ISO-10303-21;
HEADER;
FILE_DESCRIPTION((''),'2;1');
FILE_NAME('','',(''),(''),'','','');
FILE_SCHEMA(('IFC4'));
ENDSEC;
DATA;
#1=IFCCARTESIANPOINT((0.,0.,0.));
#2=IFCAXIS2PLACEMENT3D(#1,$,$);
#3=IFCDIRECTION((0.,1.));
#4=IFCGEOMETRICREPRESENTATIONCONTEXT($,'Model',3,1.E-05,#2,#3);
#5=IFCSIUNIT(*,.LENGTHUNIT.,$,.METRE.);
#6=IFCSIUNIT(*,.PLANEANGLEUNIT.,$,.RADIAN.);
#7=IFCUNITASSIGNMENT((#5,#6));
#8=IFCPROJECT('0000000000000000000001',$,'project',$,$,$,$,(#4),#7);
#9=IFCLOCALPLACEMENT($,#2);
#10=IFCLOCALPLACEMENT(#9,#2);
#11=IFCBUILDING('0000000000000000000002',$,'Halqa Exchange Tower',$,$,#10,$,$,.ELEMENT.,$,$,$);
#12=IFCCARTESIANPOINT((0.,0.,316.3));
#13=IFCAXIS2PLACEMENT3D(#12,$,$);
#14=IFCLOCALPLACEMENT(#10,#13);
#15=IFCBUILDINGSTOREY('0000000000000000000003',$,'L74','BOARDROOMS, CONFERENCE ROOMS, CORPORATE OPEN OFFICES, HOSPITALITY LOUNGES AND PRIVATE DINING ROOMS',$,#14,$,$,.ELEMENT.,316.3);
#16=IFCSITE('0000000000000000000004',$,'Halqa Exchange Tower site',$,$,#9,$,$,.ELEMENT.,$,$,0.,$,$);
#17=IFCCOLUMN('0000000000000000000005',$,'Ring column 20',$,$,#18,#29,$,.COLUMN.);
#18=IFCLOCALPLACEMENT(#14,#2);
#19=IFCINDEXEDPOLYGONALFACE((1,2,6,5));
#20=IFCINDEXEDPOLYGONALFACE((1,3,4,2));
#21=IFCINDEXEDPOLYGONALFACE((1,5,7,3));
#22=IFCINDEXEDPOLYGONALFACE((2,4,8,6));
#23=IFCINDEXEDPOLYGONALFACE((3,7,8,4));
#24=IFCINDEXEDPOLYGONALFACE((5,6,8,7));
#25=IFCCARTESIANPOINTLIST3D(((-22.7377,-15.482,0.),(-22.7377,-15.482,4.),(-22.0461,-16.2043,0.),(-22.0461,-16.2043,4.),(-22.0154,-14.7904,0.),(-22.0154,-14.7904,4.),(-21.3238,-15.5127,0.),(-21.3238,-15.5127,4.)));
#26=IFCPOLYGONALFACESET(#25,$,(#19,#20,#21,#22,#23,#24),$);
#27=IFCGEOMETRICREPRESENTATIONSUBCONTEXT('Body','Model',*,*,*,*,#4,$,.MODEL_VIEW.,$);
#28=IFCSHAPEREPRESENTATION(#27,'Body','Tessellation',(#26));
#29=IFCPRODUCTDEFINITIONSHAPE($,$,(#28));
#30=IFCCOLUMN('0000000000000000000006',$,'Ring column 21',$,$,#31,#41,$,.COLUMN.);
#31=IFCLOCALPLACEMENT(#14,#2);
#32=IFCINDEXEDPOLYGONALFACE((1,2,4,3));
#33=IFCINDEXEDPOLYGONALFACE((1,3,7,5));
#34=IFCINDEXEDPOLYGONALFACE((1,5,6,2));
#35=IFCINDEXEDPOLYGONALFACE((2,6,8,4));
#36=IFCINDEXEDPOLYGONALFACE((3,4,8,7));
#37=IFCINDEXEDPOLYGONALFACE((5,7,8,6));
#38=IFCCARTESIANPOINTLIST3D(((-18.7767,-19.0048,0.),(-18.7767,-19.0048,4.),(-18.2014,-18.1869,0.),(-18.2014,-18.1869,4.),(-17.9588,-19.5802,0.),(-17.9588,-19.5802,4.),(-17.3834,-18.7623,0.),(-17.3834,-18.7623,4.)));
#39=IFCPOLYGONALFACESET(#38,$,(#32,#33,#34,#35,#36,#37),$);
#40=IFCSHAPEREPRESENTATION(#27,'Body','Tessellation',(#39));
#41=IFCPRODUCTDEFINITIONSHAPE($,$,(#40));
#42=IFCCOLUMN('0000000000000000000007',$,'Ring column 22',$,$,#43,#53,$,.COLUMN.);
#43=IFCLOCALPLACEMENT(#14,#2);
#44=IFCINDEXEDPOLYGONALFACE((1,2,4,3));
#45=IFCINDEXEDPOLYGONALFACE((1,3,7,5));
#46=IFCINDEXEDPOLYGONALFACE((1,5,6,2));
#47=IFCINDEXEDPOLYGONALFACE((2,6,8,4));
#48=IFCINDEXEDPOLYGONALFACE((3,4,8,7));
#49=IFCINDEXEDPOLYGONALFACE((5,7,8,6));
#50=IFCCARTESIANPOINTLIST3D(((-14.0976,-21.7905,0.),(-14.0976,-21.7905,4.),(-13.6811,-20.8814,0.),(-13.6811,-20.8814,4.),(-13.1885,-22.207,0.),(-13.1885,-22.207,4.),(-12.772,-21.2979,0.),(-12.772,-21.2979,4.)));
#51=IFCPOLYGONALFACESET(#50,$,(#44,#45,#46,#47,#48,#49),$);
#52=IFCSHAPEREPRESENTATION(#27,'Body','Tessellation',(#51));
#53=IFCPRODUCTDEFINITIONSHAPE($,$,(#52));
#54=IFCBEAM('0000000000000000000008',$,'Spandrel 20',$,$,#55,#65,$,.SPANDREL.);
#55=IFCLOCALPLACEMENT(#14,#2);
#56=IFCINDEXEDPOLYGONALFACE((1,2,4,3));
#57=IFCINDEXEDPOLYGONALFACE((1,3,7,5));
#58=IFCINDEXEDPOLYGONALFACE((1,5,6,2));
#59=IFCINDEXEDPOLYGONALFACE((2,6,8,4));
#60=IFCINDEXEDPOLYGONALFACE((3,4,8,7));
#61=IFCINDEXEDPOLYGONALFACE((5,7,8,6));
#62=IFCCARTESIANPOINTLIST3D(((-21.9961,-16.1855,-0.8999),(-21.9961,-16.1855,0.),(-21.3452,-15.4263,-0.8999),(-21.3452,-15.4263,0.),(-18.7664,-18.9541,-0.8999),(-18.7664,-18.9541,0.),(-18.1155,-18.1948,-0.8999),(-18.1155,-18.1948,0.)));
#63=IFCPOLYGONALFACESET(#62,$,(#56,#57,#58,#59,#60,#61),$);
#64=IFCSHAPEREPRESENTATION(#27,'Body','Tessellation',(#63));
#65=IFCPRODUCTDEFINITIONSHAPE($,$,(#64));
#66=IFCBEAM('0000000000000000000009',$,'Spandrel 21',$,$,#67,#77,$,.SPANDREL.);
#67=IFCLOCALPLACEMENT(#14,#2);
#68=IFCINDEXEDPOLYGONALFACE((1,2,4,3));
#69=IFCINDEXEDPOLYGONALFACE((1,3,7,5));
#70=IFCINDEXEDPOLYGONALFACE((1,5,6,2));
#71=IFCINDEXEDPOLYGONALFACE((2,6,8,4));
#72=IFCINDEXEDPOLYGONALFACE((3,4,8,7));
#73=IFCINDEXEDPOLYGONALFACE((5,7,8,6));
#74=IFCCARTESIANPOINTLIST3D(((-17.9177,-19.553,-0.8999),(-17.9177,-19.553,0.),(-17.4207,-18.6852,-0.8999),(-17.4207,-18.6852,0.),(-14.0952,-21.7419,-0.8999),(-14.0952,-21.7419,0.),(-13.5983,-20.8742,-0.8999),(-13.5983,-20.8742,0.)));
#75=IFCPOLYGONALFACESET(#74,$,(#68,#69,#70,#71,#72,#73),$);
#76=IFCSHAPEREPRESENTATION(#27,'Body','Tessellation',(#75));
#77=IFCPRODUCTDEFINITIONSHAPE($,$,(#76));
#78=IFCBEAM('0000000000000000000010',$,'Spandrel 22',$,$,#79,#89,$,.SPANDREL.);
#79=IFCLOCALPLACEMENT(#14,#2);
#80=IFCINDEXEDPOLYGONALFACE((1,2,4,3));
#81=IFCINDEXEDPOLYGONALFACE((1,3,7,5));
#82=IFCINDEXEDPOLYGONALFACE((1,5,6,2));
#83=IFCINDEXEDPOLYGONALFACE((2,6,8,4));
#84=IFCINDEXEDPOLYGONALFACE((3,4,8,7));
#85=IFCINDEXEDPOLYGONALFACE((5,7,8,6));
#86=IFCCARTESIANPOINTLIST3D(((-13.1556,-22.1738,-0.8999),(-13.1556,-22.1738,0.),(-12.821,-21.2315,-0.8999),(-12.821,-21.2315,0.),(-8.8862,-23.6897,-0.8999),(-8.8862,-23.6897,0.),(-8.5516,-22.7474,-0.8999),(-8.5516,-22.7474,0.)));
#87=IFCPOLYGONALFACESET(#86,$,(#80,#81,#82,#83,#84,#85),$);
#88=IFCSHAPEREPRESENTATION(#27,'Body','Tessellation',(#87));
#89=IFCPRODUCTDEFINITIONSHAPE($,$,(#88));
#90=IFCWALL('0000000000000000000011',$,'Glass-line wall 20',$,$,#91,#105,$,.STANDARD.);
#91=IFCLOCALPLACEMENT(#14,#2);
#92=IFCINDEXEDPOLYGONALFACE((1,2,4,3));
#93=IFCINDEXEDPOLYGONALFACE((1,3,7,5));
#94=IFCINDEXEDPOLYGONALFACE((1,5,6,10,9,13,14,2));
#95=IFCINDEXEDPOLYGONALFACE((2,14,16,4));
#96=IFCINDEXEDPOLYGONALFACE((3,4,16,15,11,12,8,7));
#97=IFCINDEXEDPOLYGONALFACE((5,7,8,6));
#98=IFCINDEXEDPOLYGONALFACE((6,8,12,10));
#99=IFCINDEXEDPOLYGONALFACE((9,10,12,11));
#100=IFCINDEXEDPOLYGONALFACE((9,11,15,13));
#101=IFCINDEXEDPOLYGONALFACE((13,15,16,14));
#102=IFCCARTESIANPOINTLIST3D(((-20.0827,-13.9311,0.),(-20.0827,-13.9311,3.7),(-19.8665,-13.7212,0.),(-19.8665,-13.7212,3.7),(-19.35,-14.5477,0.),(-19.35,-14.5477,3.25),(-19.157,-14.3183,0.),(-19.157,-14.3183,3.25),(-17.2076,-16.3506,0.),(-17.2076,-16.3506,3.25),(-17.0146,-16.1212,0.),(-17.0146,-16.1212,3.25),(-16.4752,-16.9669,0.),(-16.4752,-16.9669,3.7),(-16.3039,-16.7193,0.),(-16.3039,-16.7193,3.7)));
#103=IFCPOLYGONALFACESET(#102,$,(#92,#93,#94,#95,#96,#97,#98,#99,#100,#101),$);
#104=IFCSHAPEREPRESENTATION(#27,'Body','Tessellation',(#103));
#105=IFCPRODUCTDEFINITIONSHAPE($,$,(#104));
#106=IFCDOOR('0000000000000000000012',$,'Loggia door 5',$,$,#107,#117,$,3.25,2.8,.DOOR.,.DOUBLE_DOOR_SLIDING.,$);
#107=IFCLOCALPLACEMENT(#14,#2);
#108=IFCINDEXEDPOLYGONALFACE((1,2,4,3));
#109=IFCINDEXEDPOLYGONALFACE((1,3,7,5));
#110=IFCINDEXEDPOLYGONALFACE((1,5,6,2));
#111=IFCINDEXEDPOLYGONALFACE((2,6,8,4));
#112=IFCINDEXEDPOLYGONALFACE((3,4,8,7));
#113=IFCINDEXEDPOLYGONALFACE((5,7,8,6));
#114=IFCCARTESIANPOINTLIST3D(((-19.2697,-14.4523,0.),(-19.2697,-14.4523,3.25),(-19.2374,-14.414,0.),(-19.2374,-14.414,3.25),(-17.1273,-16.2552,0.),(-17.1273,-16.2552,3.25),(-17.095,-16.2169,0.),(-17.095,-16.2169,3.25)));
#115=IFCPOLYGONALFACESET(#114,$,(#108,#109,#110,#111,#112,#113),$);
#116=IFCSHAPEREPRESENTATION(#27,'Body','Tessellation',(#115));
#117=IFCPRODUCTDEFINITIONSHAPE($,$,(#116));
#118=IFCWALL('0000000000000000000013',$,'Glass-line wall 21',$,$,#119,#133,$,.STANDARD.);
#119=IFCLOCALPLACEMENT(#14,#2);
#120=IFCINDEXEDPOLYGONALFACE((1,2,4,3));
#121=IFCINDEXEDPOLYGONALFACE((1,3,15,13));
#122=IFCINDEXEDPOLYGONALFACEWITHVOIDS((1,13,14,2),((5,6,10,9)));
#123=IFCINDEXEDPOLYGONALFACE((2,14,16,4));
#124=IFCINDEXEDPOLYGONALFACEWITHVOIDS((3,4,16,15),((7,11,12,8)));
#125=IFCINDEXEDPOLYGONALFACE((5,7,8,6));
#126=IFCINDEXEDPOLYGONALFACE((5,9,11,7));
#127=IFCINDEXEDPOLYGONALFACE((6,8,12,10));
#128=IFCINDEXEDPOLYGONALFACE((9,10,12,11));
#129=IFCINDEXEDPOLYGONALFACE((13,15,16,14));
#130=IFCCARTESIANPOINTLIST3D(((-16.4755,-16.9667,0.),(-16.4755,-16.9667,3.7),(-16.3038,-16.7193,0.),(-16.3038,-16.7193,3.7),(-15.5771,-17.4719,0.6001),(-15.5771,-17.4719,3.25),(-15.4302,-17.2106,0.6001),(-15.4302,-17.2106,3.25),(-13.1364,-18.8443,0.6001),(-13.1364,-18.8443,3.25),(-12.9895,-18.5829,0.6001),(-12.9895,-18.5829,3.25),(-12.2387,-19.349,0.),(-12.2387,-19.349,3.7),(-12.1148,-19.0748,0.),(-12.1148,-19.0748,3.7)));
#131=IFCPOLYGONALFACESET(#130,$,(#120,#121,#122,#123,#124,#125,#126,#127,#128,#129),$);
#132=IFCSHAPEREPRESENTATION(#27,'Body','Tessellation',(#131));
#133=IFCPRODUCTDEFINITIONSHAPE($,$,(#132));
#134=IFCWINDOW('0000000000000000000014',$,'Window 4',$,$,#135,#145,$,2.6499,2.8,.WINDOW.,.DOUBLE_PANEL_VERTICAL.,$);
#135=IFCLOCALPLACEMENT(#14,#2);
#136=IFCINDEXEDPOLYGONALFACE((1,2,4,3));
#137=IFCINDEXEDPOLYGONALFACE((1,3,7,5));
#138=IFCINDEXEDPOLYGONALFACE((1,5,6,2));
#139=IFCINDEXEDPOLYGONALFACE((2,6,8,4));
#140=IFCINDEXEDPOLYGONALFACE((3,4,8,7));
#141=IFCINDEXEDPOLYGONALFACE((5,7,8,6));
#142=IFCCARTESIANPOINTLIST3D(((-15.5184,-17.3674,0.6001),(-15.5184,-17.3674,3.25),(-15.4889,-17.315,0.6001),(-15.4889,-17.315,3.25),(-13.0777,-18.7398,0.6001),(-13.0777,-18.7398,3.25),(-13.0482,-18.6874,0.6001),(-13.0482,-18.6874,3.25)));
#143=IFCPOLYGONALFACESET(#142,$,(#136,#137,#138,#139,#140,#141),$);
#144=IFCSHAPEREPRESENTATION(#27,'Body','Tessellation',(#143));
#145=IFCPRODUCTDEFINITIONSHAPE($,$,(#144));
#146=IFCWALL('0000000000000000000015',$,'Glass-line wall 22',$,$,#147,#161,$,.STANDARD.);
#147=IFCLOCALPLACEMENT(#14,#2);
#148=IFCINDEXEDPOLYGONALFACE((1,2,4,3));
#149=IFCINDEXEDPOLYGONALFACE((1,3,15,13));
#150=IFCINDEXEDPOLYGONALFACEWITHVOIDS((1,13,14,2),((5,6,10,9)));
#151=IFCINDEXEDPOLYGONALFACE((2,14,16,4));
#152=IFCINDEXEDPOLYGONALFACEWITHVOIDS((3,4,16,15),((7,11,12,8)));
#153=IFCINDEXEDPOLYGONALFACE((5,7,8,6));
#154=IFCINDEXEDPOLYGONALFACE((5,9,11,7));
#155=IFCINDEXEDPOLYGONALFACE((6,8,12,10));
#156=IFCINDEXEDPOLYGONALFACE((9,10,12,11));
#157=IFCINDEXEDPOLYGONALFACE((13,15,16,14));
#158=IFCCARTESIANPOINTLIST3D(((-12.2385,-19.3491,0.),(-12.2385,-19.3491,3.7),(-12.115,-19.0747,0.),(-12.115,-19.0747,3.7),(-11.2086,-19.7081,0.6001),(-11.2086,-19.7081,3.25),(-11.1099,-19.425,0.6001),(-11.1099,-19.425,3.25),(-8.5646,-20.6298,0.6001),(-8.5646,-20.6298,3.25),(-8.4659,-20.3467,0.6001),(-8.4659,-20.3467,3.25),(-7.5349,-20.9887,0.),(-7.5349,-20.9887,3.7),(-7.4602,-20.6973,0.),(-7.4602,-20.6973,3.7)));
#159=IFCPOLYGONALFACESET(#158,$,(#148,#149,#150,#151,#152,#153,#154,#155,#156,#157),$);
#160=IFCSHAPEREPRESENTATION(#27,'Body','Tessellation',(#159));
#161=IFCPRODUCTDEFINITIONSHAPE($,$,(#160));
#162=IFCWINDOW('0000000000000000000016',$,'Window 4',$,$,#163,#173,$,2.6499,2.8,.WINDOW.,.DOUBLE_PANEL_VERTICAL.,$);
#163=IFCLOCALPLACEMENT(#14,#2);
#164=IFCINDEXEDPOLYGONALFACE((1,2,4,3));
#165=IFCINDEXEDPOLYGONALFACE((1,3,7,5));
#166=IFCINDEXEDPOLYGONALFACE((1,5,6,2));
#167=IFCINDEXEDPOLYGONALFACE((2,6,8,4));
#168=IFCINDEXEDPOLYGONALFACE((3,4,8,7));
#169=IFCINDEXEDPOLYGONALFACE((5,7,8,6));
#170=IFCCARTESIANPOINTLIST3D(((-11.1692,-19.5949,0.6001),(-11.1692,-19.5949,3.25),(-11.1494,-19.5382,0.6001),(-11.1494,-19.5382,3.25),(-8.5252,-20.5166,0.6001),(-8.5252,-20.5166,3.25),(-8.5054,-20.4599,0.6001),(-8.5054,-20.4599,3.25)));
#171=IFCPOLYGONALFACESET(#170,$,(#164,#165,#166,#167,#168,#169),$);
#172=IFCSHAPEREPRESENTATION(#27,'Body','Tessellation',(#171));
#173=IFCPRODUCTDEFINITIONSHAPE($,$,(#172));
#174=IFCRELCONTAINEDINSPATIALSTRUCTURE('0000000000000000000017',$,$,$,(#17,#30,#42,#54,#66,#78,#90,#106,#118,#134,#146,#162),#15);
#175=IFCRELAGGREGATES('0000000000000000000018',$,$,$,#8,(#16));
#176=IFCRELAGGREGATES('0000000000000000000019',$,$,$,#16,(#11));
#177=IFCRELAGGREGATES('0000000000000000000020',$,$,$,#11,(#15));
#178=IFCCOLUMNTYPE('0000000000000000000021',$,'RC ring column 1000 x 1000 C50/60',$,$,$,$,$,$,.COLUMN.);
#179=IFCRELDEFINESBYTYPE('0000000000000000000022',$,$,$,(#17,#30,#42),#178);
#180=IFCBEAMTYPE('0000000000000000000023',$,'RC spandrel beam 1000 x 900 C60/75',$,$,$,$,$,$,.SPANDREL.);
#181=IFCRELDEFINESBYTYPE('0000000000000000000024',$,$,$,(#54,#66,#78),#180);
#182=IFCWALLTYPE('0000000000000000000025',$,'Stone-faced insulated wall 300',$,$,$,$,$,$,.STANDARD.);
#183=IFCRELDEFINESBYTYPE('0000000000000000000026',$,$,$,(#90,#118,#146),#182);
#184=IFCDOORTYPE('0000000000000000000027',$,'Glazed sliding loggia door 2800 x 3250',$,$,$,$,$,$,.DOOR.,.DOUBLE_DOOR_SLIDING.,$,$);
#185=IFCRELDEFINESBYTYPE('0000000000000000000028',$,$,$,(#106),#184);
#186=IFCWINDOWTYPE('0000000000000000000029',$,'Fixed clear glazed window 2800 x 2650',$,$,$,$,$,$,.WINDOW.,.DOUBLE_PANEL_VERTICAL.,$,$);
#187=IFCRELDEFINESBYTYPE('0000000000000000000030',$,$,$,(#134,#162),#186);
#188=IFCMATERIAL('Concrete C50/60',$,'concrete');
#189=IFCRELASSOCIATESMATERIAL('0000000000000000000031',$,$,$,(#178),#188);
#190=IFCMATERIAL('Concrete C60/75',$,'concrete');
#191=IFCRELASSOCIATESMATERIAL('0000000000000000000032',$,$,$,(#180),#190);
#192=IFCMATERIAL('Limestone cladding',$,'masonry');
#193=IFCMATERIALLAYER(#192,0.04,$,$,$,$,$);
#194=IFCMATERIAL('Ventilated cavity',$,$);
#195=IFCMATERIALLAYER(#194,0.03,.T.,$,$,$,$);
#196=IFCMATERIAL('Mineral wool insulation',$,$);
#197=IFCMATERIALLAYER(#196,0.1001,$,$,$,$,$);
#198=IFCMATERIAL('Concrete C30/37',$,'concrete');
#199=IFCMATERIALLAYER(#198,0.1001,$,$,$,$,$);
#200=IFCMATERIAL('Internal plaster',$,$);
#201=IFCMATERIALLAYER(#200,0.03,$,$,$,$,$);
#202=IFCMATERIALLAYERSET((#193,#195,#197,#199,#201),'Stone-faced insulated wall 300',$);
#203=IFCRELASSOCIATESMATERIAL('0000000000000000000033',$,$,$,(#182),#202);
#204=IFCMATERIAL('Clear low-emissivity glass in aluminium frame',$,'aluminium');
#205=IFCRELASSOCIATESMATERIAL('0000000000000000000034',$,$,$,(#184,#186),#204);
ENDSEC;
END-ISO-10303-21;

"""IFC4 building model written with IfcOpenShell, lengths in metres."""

from ifc_helpers import new_model, si_unit, direction, frame, frame_2d, origin, origin_2d, place, context, subcontext, project, spatial, polyline, rectangle, outline, extrude, material, layer, layer_set, material_profile, profile_set, type_object, element, fill, save


model = new_model("IFC4")

# Units and contexts
model_context = context("Model", 3, precision=1e-05, world=origin(), true_north=direction((0.0, 1.0)))
body_context = subcontext(model_context, "Body", "Model", "MODEL_VIEW")
ifc_project = project(units=[si_unit("LENGTHUNIT", "METRE"), si_unit("PLANEANGLEUNIT", "RADIAN")], contexts=[model_context])

# Site, building, storey
site_placement = place(None, origin())
site = spatial("IfcSite", under=ifc_project, at=site_placement, Name="Halqa Exchange Tower site", CompositionType="ELEMENT", RefElevation=0.0)
building_placement = place(site_placement, origin())
building = spatial("IfcBuilding", under=site, at=building_placement, Name="Halqa Exchange Tower", CompositionType="ELEMENT")
storey_placement = place(building_placement, frame((0.0, 0.0, 316.3)))
storey = spatial("IfcBuildingStorey", under=building, at=storey_placement, Name="L74", Description="BOARDROOMS, CONFERENCE ROOMS, CORPORATE OPEN OFFICES, HOSPITALITY LOUNGES AND PRIVATE DINING ROOMS", CompositionType="ELEMENT", Elevation=316.3)

# Columns
ifc_material_1 = material(Name="Concrete C50/60", Category="concrete")
ifc_material_profile_1 = material_profile(ifc_material_1, rectangle(XDim=1.0, YDim=1.0, at=origin_2d()), Name="1000 x 1000")
ifc_profile_set_1 = profile_set([ifc_material_profile_1], Name="Concrete C50/60")
column_type = type_object("IfcColumnType", Name="RC ring column 1000 x 1000 C50/60", PredefinedType="COLUMN", material=ifc_profile_set_1)
for number, where, z_axis, x_axis, name in (
    (1, (-22.0308, -15.4973, 0.0), (0.0, 0.0, 1.0), (0.691579, -0.722301, 0.0), "Ring column 20"),
    (2, (-18.0801, -18.8835, 0.0), (0.0, 0.0, 1.0), (0.817907, -0.575351, 0.0), "Ring column 21"),
    (3, (-13.4348, -21.5442, 0.0), (0.0, 0.0, 1.0), (0.909129, -0.416516, 0.0), "Ring column 22"),
):
    element("IfcColumn", number, at=place(storey_placement, frame(where, z_axis=z_axis, x_axis=x_axis)), inside=storey, type_object=column_type, Name=name, PredefinedType="COLUMN", context=body_context, shape_type="SweptSolid", body=[
        extrude(rectangle(XDim=1.0, YDim=1.0, at=origin_2d()), origin(), (0.0, 0.0, 1.0), 4.0),
    ])

# Beams
ifc_material_2 = material(Name="Concrete C60/75", Category="concrete")
ifc_material_profile_2 = material_profile(ifc_material_2, rectangle(XDim=1.0, YDim=0.8999, at=origin_2d()), Name="1000 x 900")
ifc_profile_set_2 = profile_set([ifc_material_profile_2], Name="Concrete C60/75")
beam_type = type_object("IfcBeamType", Name="RC spandrel beam 1000 x 900 C60/75", PredefinedType="SPANDREL", material=ifc_profile_set_2)
beam_1_placement = place(storey_placement, frame((-21.6707, -15.8059, -0.45), z_axis=(0.759232, -0.65082, 0.0), x_axis=(0.65082, 0.759232, 0.0)))
element("IfcBeam", 4, at=beam_1_placement, inside=storey, type_object=beam_type, Name="Spandrel 20", PredefinedType="SPANDREL", context=body_context, shape_type="SweptSolid", body=[
    extrude(rectangle(XDim=1.0, YDim=0.8999, at=origin_2d()), origin(), (0.0, 0.0, 1.0), 4.2539),
])
beam_2_placement = place(storey_placement, frame((-17.6692, -19.1191, -0.45), z_axis=(0.867786, -0.496939, 0.0), x_axis=(0.496939, 0.867786, 0.0)))
element("IfcBeam", 5, at=beam_2_placement, inside=storey, type_object=beam_type, Name="Spandrel 21", PredefinedType="SPANDREL", context=body_context, shape_type="SweptSolid", body=[
    extrude(rectangle(XDim=1.0, YDim=0.8999, at=origin_2d()), origin(), (0.0, 0.0, 1.0), 4.4048),
])
beam_3_placement = place(storey_placement, frame((-12.9883, -21.7026, -0.45), z_axis=(0.942361, -0.334598, 0.0), x_axis=(0.334598, 0.942361, 0.0)))
element("IfcBeam", 6, at=beam_3_placement, inside=storey, type_object=beam_type, Name="Spandrel 22", PredefinedType="SPANDREL", context=body_context, shape_type="SweptSolid", body=[
    extrude(rectangle(XDim=1.0, YDim=0.8999, at=origin_2d()), origin(), (0.0, 0.0, 1.0), 4.5305),
])

# Wall, opening, door
ifc_material_3 = material(Name="Limestone cladding", Category="masonry")
ifc_layer_1 = layer(ifc_material_3, 0.04)
ifc_material_4 = material(Name="Ventilated cavity")
ifc_layer_2 = layer(ifc_material_4, 0.03, ventilated=True)
ifc_material_5 = material(Name="Mineral wool insulation")
ifc_layer_3 = layer(ifc_material_5, 0.1001)
ifc_material_6 = material(Name="Concrete C30/37", Category="concrete")
ifc_layer_4 = layer(ifc_material_6, 0.1001)
ifc_material_7 = material(Name="Internal plaster")
ifc_layer_5 = layer(ifc_material_7, 0.03)
ifc_layer_set_1 = layer_set([ifc_layer_1, ifc_layer_2, ifc_layer_3, ifc_layer_4, ifc_layer_5], Name="Stone-faced insulated wall 300")
wall_type_1 = type_object("IfcWallType", Name="Stone-faced insulated wall 300", PredefinedType="STANDARD", material=ifc_layer_set_1)
wall_1_placement = place(storey_placement, frame((-19.9746, -13.8262, 0.0), z_axis=(0.0, 0.0, 1.0), x_axis=(0.765129, -0.643877, 0.0)))
wall_1 = element("IfcWall", 7, at=wall_1_placement, inside=storey, type_object=wall_type_1, Name="Glass-line wall 20", PredefinedType="STANDARD", context=body_context, shape_type="SweptSolid", body=[
    extrude(outline(polyline([(-0.0151, -0.1499), (4.6997, -0.1499), (4.6714, 0.1499), (0.0151, 0.1499), (-0.0151, -0.1499)])), origin(), (0.0, 0.0, 1.0), 3.7),
])
opening_1_placement = place(wall_1_placement, frame((0.9426, 0.0, 0.0)))
opening_1 = element("IfcOpeningElement", 8, at=opening_1_placement, cuts=wall_1, PredefinedType="OPENING", context=body_context, shape_type="SweptSolid", body=[
    extrude(rectangle(XDim=2.8, YDim=3.25, at=frame_2d((1.3999, 1.625))), frame((0.0, 0.1621, 0.0), z_axis=(0.0, -1.0, 0.0), x_axis=(1.0, 0.0, 0.0)), (0.0, 0.0, 1.0), 0.324),
])
ifc_material_8 = material(Name="Clear low-emissivity glass in aluminium frame", Category="aluminium")
door_type_1 = type_object("IfcDoorType", Name="Glazed sliding loggia door 2800 x 3250", OperationType="DOUBLE_DOOR_SLIDING", PredefinedType="DOOR", material=ifc_material_8)
door_1_placement = place(opening_1_placement, origin())
door_1 = element("IfcDoor", 9, at=door_1_placement, inside=storey, type_object=door_type_1, Name="Loggia door 5", OperationType="DOUBLE_DOOR_SLIDING", OverallHeight=3.25, OverallWidth=2.8, PredefinedType="DOOR", context=body_context, shape_type="SweptSolid", body=[
    extrude(rectangle(XDim=2.8, YDim=3.25, at=frame_2d((1.3999, 1.625))), frame((0.0, 0.0249, 0.0), z_axis=(0.0, -1.0, 0.0), x_axis=(1.0, 0.0, 0.0)), (0.0, 0.0, 1.0), 0.05),
])
fill(opening_1, door_1)

# Walls, openings, windows
wall_2_placement = place(storey_placement, frame((-16.3896, -16.843, 0.0), z_axis=(0.0, 0.0, 1.0), x_axis=(0.871651, -0.490127, 0.0)))
wall_2 = element("IfcWall", 10, at=wall_2_placement, inside=storey, type_object=wall_type_1, Name="Glass-line wall 21", PredefinedType="STANDARD", context=body_context, shape_type="SweptSolid", body=[
    extrude(outline(polyline([(-0.0142, -0.1499), (4.8464, -0.1499), (4.8201, 0.1499), (0.0142, 0.1499), (-0.0142, -0.1499)])), origin(), (0.0, 0.0, 1.0), 3.7),
])
opening_2_placement = place(wall_2_placement, frame((1.0166, 0.0, 0.6001)))
opening_2 = element("IfcOpeningElement", 11, at=opening_2_placement, cuts=wall_2, PredefinedType="OPENING", context=body_context, shape_type="SweptSolid", body=[
    extrude(rectangle(XDim=2.8, YDim=2.6499, at=frame_2d((1.3999, 1.325))), frame((0.0, 0.1621, 0.0), z_axis=(0.0, -1.0, 0.0), x_axis=(1.0, 0.0, 0.0)), (0.0, 0.0, 1.0), 0.324),
])
window_type = type_object("IfcWindowType", Name="Fixed clear glazed window 2800 x 2650", PartitioningType="DOUBLE_PANEL_VERTICAL", PredefinedType="WINDOW", material=ifc_material_8)
window_1_placement = place(opening_2_placement, origin())
window_1 = element("IfcWindow", 12, at=window_1_placement, inside=storey, type_object=window_type, Name="Window 4", OverallHeight=2.6499, OverallWidth=2.8, PartitioningType="DOUBLE_PANEL_VERTICAL", PredefinedType="WINDOW", context=body_context, shape_type="SweptSolid", body=[
    extrude(rectangle(XDim=2.8, YDim=2.6499, at=frame_2d((1.3999, 1.325))), frame((0.0, 0.03, 0.0), z_axis=(0.0, -1.0, 0.0), x_axis=(1.0, 0.0, 0.0)), (0.0, 0.0, 1.0), 0.0601),
])
fill(opening_2, window_1)
wall_3_placement = place(storey_placement, frame((-12.1768, -19.2119, 0.0), z_axis=(0.0, 0.0, 1.0), x_axis=(0.944274, -0.329161, 0.0)))
wall_3 = element("IfcWall", 13, at=wall_3_placement, inside=storey, type_object=wall_type_1, Name="Glass-line wall 22", PredefinedType="STANDARD", context=body_context, shape_type="SweptSolid", body=[
    extrude(outline(polyline([(-0.0132, -0.1499), (4.968, -0.1499), (4.9426, 0.1499), (0.0132, 0.1499), (-0.0132, -0.1499)])), origin(), (0.0, 0.0, 1.0), 3.7),
])
opening_3_placement = place(wall_3_placement, frame((1.0776, 0.0, 0.6001)))
opening_3 = element("IfcOpeningElement", 14, at=opening_3_placement, cuts=wall_3, PredefinedType="OPENING", context=body_context, shape_type="SweptSolid", body=[
    extrude(rectangle(XDim=2.8, YDim=2.6499, at=frame_2d((1.3999, 1.325))), frame((0.0, 0.1621, 0.0), z_axis=(0.0, -1.0, 0.0), x_axis=(1.0, 0.0, 0.0)), (0.0, 0.0, 1.0), 0.324),
])
window_2_placement = place(opening_3_placement, origin())
window_2 = element("IfcWindow", 15, at=window_2_placement, inside=storey, type_object=window_type, Name="Window 4", OverallHeight=2.6499, OverallWidth=2.8, PartitioningType="DOUBLE_PANEL_VERTICAL", PredefinedType="WINDOW", context=body_context, shape_type="SweptSolid", body=[
    extrude(rectangle(XDim=2.8, YDim=2.6499, at=frame_2d((1.3999, 1.325))), frame((0.0, 0.03, 0.0), z_axis=(0.0, -1.0, 0.0), x_axis=(1.0, 0.0, 0.0)), (0.0, 0.0, 1.0), 0.0601),
])
fill(opening_3, window_2)

save(model, "model.ifc")
